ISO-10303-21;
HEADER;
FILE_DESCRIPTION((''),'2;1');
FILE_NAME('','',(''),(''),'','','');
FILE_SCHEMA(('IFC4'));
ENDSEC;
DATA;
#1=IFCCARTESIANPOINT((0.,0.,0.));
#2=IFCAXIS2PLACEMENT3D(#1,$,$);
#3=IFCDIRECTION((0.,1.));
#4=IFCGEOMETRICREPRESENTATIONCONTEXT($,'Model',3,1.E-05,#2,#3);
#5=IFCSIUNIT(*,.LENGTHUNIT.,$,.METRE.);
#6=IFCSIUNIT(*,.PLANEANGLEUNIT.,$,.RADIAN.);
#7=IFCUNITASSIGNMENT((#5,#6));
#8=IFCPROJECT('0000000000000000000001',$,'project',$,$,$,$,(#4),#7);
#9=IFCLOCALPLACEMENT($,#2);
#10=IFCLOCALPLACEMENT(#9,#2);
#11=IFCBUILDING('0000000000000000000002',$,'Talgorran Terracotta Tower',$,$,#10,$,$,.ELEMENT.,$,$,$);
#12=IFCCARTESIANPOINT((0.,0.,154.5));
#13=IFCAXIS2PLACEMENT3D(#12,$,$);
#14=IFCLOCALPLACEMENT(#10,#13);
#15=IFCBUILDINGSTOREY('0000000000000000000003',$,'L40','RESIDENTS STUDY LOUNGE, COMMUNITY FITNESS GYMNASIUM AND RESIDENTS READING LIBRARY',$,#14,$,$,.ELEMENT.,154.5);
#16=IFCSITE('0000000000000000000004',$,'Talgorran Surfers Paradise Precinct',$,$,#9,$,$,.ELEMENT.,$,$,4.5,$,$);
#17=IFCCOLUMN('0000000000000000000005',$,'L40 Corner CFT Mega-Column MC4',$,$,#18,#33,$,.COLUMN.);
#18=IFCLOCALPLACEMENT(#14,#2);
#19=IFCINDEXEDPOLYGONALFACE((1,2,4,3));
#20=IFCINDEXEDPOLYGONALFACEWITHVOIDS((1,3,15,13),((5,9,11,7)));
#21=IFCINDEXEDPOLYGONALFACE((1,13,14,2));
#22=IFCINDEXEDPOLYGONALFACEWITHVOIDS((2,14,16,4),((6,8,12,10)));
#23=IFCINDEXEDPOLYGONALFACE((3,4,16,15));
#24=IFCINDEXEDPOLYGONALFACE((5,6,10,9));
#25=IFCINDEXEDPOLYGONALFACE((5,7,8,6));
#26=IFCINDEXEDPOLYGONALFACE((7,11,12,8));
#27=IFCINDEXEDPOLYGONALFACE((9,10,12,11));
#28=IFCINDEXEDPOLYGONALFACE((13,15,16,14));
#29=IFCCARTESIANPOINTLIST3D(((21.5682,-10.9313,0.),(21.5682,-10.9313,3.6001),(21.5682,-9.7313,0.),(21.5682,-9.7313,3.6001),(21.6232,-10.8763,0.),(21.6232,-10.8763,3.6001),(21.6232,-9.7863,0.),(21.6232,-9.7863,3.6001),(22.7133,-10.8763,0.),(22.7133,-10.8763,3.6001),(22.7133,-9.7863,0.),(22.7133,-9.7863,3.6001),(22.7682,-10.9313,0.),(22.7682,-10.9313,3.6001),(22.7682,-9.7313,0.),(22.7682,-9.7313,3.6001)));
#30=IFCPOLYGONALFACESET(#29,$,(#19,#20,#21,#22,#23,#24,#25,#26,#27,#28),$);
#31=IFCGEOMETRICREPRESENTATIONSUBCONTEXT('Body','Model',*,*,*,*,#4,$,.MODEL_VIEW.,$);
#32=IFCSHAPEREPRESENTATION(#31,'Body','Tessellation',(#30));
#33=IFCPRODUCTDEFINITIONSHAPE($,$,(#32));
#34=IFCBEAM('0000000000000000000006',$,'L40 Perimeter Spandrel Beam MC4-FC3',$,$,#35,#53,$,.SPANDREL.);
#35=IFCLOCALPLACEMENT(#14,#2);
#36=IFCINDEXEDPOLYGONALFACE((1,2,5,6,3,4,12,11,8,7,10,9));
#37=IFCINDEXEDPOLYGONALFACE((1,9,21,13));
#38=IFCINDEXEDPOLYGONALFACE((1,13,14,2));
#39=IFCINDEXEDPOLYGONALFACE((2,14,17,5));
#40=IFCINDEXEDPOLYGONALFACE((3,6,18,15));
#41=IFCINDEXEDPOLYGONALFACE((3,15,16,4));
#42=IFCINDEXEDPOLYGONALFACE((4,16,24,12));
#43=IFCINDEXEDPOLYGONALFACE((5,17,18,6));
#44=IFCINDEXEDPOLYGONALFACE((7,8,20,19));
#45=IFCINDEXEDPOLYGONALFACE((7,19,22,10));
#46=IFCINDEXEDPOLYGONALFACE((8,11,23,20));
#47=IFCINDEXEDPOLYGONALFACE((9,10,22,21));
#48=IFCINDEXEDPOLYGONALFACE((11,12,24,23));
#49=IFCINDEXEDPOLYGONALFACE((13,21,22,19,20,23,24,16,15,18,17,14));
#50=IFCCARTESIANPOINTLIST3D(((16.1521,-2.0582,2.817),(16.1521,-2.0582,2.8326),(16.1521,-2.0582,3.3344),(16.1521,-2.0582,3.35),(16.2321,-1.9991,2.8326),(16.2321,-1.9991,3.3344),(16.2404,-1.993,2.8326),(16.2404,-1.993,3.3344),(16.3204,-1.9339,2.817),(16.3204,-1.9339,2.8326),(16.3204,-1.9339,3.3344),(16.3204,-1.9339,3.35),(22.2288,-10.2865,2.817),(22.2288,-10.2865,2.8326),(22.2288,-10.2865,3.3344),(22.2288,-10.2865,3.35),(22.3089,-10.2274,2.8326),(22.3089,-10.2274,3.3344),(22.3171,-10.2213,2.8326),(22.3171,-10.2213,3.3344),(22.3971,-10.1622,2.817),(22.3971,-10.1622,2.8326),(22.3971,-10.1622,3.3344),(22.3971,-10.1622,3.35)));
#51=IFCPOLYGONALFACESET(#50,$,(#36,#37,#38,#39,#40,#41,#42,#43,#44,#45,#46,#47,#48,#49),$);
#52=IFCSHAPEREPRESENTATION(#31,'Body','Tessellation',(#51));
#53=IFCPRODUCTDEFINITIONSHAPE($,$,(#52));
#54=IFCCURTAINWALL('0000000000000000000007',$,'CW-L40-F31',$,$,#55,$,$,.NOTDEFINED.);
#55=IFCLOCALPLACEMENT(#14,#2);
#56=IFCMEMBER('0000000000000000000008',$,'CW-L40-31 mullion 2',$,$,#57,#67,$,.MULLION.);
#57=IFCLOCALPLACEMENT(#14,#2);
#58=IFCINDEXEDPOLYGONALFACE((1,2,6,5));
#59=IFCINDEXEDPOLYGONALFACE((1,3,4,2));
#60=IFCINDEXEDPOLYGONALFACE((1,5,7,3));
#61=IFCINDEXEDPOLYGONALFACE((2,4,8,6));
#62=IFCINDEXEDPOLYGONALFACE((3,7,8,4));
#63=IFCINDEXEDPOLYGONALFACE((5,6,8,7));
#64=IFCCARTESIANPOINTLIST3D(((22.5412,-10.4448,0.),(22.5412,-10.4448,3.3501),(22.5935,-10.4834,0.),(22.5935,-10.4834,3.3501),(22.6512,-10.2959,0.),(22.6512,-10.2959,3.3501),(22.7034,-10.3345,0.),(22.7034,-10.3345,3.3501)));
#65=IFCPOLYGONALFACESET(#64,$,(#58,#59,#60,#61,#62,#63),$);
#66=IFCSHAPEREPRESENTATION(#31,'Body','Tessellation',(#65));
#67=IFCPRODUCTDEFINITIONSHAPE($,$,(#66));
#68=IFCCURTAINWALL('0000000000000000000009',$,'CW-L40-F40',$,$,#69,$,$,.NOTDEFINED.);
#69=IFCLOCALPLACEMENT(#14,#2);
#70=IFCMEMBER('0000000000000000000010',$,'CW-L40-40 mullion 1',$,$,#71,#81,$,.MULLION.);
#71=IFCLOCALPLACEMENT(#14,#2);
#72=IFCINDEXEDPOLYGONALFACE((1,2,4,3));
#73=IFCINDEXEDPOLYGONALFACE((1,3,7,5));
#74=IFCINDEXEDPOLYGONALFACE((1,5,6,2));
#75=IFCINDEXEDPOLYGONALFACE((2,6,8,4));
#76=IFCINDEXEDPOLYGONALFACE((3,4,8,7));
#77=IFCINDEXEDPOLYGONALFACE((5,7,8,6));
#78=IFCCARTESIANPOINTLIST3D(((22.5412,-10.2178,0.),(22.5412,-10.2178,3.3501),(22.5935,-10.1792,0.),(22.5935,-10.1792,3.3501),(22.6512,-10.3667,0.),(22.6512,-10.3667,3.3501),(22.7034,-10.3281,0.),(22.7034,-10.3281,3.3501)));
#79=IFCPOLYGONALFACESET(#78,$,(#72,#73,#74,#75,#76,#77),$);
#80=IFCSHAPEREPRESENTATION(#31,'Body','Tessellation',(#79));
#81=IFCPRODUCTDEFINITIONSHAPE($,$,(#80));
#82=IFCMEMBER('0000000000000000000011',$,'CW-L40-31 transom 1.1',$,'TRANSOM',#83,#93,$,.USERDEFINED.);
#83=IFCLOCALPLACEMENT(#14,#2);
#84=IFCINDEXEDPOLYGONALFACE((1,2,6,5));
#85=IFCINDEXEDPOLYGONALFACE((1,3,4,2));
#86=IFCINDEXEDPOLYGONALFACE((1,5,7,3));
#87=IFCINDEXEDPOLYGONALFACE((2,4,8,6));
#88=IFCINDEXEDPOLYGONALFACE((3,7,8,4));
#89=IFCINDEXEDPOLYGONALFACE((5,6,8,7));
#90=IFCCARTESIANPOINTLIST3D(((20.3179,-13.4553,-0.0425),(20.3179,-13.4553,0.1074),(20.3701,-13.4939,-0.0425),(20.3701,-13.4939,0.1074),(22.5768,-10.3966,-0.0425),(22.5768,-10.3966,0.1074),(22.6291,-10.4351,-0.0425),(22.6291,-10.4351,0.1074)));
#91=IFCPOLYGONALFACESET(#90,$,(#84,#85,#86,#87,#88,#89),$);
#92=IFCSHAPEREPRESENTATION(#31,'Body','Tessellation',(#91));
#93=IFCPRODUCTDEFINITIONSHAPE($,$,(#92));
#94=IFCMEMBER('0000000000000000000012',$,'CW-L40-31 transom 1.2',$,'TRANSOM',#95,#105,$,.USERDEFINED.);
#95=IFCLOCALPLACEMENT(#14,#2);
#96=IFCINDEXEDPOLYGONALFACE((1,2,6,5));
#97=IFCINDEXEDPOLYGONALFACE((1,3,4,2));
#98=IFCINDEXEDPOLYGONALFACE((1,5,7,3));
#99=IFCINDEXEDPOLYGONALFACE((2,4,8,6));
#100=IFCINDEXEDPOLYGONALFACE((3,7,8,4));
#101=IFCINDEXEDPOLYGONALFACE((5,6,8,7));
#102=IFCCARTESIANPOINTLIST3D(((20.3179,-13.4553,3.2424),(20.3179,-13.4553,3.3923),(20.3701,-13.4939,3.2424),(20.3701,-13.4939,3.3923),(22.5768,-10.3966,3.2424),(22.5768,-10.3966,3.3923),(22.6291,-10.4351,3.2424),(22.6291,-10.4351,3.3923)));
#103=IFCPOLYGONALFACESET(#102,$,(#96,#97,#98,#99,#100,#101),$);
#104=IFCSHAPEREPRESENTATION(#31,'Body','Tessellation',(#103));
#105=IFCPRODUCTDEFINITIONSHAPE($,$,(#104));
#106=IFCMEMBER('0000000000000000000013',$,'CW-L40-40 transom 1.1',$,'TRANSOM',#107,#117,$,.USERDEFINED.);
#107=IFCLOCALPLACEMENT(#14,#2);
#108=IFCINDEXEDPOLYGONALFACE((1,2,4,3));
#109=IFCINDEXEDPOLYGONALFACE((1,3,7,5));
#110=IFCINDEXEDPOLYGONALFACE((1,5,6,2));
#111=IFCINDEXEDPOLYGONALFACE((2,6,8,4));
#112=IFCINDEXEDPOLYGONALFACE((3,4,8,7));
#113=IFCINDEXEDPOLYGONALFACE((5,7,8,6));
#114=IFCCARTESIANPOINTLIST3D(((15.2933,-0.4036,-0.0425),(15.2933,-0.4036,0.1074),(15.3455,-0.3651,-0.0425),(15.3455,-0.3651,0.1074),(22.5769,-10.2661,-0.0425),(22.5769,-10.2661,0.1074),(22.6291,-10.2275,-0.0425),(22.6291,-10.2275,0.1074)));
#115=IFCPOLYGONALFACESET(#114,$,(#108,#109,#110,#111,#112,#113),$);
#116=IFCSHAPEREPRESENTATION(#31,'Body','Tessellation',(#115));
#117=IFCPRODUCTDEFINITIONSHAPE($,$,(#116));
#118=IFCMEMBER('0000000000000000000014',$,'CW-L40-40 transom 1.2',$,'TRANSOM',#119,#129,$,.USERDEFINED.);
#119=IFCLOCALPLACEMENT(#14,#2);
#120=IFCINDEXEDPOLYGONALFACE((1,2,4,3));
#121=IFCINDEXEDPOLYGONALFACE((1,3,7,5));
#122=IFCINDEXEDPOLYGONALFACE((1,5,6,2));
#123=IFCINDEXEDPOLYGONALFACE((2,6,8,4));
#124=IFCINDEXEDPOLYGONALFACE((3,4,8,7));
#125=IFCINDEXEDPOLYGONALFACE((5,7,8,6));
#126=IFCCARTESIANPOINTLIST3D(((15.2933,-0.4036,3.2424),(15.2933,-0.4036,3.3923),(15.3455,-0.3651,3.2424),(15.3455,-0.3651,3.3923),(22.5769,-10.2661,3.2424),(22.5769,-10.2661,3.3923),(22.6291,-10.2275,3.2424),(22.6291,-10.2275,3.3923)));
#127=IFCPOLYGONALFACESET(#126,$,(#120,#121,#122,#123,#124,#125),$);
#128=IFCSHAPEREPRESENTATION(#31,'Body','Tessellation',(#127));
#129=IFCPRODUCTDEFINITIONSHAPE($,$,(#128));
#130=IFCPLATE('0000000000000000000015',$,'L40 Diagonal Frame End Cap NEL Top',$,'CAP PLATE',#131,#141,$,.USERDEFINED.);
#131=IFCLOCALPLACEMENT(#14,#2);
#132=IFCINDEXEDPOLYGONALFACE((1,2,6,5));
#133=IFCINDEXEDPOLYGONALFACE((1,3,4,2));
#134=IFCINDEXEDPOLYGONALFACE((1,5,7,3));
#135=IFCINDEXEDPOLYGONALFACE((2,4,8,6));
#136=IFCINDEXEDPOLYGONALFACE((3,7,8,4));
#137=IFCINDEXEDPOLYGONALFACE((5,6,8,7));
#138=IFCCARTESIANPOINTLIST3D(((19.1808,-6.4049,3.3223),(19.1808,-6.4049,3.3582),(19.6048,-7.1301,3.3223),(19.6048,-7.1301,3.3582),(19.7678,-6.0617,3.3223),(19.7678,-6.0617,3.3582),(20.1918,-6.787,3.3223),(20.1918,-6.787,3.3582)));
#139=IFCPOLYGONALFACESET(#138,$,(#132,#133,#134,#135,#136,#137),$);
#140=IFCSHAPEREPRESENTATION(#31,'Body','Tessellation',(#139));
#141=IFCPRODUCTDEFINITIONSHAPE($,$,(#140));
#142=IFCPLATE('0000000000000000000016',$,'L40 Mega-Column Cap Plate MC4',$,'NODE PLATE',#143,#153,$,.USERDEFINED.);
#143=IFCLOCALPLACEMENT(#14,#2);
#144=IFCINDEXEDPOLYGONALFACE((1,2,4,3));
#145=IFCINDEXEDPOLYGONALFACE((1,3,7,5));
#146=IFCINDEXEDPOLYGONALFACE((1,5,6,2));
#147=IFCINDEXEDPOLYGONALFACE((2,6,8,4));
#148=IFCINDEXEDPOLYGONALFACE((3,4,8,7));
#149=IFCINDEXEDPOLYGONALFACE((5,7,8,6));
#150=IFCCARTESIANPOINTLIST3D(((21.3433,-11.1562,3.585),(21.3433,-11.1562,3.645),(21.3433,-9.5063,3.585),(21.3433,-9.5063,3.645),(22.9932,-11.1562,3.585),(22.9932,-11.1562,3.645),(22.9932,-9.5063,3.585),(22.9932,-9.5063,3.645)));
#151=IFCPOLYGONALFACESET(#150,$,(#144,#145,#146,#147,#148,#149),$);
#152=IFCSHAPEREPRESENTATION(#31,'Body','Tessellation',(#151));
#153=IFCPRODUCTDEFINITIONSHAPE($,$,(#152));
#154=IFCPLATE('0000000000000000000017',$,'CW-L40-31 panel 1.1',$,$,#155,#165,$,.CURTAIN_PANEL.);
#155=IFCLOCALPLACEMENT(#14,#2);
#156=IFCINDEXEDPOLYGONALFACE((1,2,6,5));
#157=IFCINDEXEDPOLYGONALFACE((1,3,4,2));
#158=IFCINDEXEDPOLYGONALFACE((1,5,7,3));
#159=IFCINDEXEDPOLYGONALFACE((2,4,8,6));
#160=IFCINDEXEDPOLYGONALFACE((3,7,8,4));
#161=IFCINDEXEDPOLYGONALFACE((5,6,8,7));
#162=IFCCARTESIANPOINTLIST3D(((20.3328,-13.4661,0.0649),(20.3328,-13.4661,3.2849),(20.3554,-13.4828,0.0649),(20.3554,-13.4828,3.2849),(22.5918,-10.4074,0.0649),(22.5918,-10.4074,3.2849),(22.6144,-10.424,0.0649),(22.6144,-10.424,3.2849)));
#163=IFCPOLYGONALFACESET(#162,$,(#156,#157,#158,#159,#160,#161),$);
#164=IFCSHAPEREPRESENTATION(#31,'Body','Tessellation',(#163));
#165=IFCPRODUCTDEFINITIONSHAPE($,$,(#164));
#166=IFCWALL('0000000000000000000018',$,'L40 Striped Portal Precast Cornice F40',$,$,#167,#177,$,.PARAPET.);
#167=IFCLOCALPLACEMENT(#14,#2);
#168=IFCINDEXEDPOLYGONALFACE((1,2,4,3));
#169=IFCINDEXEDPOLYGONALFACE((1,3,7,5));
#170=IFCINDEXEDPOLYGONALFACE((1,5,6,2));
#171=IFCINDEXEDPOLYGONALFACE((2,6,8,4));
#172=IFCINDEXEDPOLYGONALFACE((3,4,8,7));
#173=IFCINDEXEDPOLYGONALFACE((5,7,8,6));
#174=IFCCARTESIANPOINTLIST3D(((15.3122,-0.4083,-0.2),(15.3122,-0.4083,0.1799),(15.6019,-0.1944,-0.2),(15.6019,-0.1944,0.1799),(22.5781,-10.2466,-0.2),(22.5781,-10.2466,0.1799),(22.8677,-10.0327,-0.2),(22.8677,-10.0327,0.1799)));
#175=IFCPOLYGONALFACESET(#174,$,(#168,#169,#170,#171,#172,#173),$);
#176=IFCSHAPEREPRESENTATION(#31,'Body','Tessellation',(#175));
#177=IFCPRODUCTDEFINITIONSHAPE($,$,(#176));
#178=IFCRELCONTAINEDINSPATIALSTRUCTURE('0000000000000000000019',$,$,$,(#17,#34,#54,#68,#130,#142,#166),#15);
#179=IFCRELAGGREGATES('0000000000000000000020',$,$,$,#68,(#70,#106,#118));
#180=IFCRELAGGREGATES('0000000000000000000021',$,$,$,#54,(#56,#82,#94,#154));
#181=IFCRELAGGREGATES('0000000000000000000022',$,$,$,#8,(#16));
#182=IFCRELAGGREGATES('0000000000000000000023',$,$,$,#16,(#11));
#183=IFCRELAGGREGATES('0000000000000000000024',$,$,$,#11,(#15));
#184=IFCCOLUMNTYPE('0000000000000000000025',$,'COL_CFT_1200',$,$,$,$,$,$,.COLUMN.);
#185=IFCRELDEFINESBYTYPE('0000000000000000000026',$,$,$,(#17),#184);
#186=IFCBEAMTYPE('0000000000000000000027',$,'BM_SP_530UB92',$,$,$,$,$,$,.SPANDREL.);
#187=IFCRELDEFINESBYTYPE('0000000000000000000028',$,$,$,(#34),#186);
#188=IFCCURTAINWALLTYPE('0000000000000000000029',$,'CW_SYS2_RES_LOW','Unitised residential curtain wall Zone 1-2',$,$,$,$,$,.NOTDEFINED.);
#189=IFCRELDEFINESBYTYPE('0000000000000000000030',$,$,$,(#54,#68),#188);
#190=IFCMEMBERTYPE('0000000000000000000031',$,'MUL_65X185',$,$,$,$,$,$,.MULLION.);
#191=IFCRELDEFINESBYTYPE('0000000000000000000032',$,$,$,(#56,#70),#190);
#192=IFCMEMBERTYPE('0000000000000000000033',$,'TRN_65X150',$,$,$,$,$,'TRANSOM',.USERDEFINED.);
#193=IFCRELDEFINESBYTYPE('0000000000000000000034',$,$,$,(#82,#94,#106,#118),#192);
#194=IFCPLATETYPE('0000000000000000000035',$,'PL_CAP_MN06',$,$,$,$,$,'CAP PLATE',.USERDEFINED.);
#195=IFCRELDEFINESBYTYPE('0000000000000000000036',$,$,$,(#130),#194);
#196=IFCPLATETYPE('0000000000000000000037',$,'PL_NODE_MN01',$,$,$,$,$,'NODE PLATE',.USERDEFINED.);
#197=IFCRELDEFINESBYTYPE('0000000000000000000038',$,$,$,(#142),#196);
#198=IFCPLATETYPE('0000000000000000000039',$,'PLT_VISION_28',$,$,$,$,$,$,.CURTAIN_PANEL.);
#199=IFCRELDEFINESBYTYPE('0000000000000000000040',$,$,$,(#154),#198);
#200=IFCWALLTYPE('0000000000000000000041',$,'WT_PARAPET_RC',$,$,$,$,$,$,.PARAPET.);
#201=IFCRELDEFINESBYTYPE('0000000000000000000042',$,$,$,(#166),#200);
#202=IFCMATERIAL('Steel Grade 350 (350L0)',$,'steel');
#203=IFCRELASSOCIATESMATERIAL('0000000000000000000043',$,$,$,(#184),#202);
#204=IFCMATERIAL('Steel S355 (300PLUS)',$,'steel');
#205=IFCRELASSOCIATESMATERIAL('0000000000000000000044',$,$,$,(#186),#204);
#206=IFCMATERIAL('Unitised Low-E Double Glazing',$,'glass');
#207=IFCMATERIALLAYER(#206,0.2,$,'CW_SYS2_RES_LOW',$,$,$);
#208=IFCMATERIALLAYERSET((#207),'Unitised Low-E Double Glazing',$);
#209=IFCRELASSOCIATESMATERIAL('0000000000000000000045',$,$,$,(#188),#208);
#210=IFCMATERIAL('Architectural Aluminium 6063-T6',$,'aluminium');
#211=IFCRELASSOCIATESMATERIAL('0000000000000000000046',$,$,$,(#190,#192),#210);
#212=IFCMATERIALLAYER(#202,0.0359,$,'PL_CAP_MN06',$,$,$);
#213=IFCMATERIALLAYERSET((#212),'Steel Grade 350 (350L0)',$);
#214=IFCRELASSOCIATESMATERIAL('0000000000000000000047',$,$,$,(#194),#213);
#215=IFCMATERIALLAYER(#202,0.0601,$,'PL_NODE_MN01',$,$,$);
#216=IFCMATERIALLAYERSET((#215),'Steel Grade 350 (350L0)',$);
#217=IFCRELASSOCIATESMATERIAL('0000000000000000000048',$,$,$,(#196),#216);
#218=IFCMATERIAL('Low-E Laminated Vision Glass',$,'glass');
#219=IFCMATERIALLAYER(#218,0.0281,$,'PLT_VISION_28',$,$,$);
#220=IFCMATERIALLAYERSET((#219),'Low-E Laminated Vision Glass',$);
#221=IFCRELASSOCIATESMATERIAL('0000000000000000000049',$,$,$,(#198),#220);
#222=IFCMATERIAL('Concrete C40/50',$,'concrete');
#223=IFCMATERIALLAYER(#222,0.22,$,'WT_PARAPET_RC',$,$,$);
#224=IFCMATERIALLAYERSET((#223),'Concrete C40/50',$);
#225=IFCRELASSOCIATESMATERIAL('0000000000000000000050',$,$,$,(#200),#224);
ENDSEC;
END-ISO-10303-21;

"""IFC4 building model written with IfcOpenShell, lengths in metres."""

from ifc_helpers import new_model, si_unit, direction, frame, frame_2d, origin, origin_2d, place, context, subcontext, project, spatial, rectangle, hollow_rectangle, i_section, extrude, source, transform, mapped, material, layer, layer_set, material_profile, profile_set, type_object, type_shapes, element, aggregate, save


model = new_model("IFC4")

# Units and contexts
model_context = context("Model", 3, precision=1e-05, world=origin(), true_north=direction((0.0, 1.0)))
body_context = subcontext(model_context, "Body", "Model", "MODEL_VIEW")
ifc_project = project(units=[si_unit("LENGTHUNIT", "METRE"), si_unit("PLANEANGLEUNIT", "RADIAN")], contexts=[model_context])

# Site, building, storey
site_placement = place(None, origin())
site = spatial("IfcSite", under=ifc_project, at=site_placement, Name="Talgorran Surfers Paradise Precinct", CompositionType="ELEMENT", RefElevation=4.5)
building_placement = place(site_placement, origin())
building = spatial("IfcBuilding", under=site, at=building_placement, Name="Talgorran Terracotta Tower", CompositionType="ELEMENT")
storey_placement = place(building_placement, frame((0.0, 0.0, 154.5)))
storey = spatial("IfcBuildingStorey", under=building, at=storey_placement, Name="L40", Description="RESIDENTS STUDY LOUNGE, COMMUNITY FITNESS GYMNASIUM AND RESIDENTS READING LIBRARY", CompositionType="ELEMENT", Elevation=154.5)

# Column
ifc_material_1 = material(Name="Steel Grade 350 (350L0)", Category="steel")
ifc_material_profile_1 = material_profile(ifc_material_1, hollow_rectangle(XDim=1.2, YDim=1.2, WallThickness=0.0549, at=origin_2d()), Name="CFT1200X1200X55")
ifc_profile_set_1 = profile_set([ifc_material_profile_1], Name="Steel Grade 350 (350L0)")
column_type = type_object("IfcColumnType", Name="COL_CFT_1200", PredefinedType="COLUMN", material=ifc_profile_set_1)
column_placement = place(storey_placement, frame((22.1682, -10.3313, 0.0), z_axis=(0.0, 0.0, 1.0), x_axis=(1.0, 0.0, 0.0)))
element("IfcColumn", 1, at=column_placement, inside=storey, type_object=column_type, Name="L40 Corner CFT Mega-Column MC4", PredefinedType="COLUMN", context=body_context, shape_type="SweptSolid", body=[
    extrude(hollow_rectangle(XDim=1.2, YDim=1.2, WallThickness=0.0549, at=origin_2d()), origin(), (0.0, 0.0, 1.0), 3.6001),
])

# Beam
ifc_material_2 = material(Name="Steel S355 (300PLUS)", Category="steel")
ifc_material_profile_2 = material_profile(ifc_material_2, i_section(OverallWidth=0.2092, OverallDepth=0.533, WebThickness=0.0103, FlangeThickness=0.0156, at=origin_2d()), Name="530UB92.4")
ifc_profile_set_2 = profile_set([ifc_material_profile_2], Name="Steel S355 (300PLUS)")
beam_type = type_object("IfcBeamType", Name="BM_SP_530UB92", PredefinedType="SPANDREL", material=ifc_profile_set_2)
beam_placement = place(storey_placement, frame((22.313, -10.2244, 3.0835), z_axis=(-0.594068, 0.804415, 0.0), x_axis=(-0.804415, -0.594068, 0.0)))
element("IfcBeam", 2, at=beam_placement, inside=storey, type_object=beam_type, Name="L40 Perimeter Spandrel Beam MC4-FC3", PredefinedType="SPANDREL", context=body_context, shape_type="SweptSolid", body=[
    extrude(i_section(OverallWidth=0.2092, OverallDepth=0.533, WebThickness=0.0103, FlangeThickness=0.0156, at=origin_2d()), origin(), (0.0, 0.0, 1.0), 10.229),
])

# Curtain walls, members
ifc_material_3 = material(Name="Unitised Low-E Double Glazing", Category="glass")
ifc_layer_1 = layer(ifc_material_3, 0.2, Name="CW_SYS2_RES_LOW")
ifc_layer_set_1 = layer_set([ifc_layer_1], Name="Unitised Low-E Double Glazing")
curtain_wall_type = type_object("IfcCurtainWallType", Name="CW_SYS2_RES_LOW", Description="Unitised residential curtain wall Zone 1-2", PredefinedType="NOTDEFINED", material=ifc_layer_set_1)
curtain_wall_1_placement = place(storey_placement, origin())
curtain_wall_1 = element("IfcCurtainWall", 3, at=curtain_wall_1_placement, inside=storey, type_object=curtain_wall_type, Name="CW-L40-F31", PredefinedType="NOTDEFINED")
ifc_material_4 = material(Name="Architectural Aluminium 6063-T6", Category="aluminium")
ifc_material_profile_3 = material_profile(ifc_material_4, rectangle(XDim=0.0649, YDim=0.1851, at=origin_2d()), Name="CWM65X185")
ifc_profile_set_3 = profile_set([ifc_material_profile_3], Name="Architectural Aluminium 6063-T6")
member_type_1 = type_object("IfcMemberType", Name="MUL_65X185", PredefinedType="MULLION", material=ifc_profile_set_3)
member_1_placement = place(storey_placement, frame((22.6223, -10.3896, 0.0), z_axis=(0.0, 0.0, 1.0), x_axis=(-0.804403, 0.594084, 0.0)))
member_1 = element("IfcMember", 4, at=member_1_placement, type_object=member_type_1, Name="CW-L40-31 mullion 2", PredefinedType="MULLION", context=body_context, shape_type="SweptSolid", body=[
    extrude(rectangle(XDim=0.0649, YDim=0.1851, at=origin_2d()), origin(), (0.0, 0.0, 1.0), 3.3501),
])
curtain_wall_2_placement = place(storey_placement, origin())
curtain_wall_2 = element("IfcCurtainWall", 5, at=curtain_wall_2_placement, inside=storey, type_object=curtain_wall_type, Name="CW-L40-F40", PredefinedType="NOTDEFINED")
member_2_placement = place(storey_placement, frame((22.6223, -10.2729, 0.0), z_axis=(0.0, 0.0, 1.0), x_axis=(-0.804408, -0.594077, 0.0)))
member_2 = element("IfcMember", 6, at=member_2_placement, type_object=member_type_1, Name="CW-L40-40 mullion 1", PredefinedType="MULLION", context=body_context, shape_type="SweptSolid", body=[
    extrude(rectangle(XDim=0.0649, YDim=0.1851, at=origin_2d()), origin(), (0.0, 0.0, 1.0), 3.3501),
])

# Members
ifc_material_profile_4 = material_profile(ifc_material_4, rectangle(XDim=0.0649, YDim=0.1499, at=origin_2d()), Name="CWT65X150")
ifc_profile_set_4 = profile_set([ifc_material_profile_4], Name="Architectural Aluminium 6063-T6")
member_type_2 = type_object("IfcMemberType", Name="TRN_65X150", ElementType="TRANSOM", PredefinedType="USERDEFINED", material=ifc_profile_set_4)
member_3_placement = place(storey_placement, frame((20.344, -13.4746, 0.0325), z_axis=(0.594077, 0.804408, 0.0), x_axis=(-0.804408, 0.594077, 0.0)))
member_3 = element("IfcMember", 7, at=member_3_placement, type_object=member_type_2, Name="CW-L40-31 transom 1.1", ObjectType="TRANSOM", PredefinedType="USERDEFINED", context=body_context, shape_type="SweptSolid", body=[
    extrude(rectangle(XDim=0.0649, YDim=0.1499, at=origin_2d()), origin(), (0.0, 0.0, 1.0), 3.8025),
])
member_4_placement = place(storey_placement, frame((20.344, -13.4746, 3.3174), z_axis=(0.594077, 0.804408, 0.0), x_axis=(-0.804408, 0.594077, 0.0)))
member_4 = element("IfcMember", 8, at=member_4_placement, type_object=member_type_2, Name="CW-L40-31 transom 1.2", ObjectType="TRANSOM", PredefinedType="USERDEFINED", context=body_context, shape_type="SweptSolid", body=[
    extrude(rectangle(XDim=0.0649, YDim=0.1499, at=origin_2d()), origin(), (0.0, 0.0, 1.0), 3.8025),
])
member_5_placement = place(storey_placement, frame((22.603, -10.2468, 0.0325), z_axis=(-0.594074, 0.804411, 0.0), x_axis=(-0.804411, -0.594074, 0.0)))
member_5 = element("IfcMember", 9, at=member_5_placement, type_object=member_type_2, Name="CW-L40-40 transom 1.1", ObjectType="TRANSOM", PredefinedType="USERDEFINED", context=body_context, shape_type="SweptSolid", body=[
    extrude(rectangle(XDim=0.0649, YDim=0.1499, at=origin_2d()), origin(), (0.0, 0.0, 1.0), 12.2605),
])
member_6_placement = place(storey_placement, frame((22.603, -10.2468, 3.3174), z_axis=(-0.594074, 0.804411, 0.0), x_axis=(-0.804411, -0.594074, 0.0)))
member_6 = element("IfcMember", 10, at=member_6_placement, type_object=member_type_2, Name="CW-L40-40 transom 1.2", ObjectType="TRANSOM", PredefinedType="USERDEFINED", context=body_context, shape_type="SweptSolid", body=[
    extrude(rectangle(XDim=0.0649, YDim=0.1499, at=origin_2d()), origin(), (0.0, 0.0, 1.0), 12.2605),
])
aggregate(curtain_wall_2, [member_2, member_5, member_6])

# Plates
ifc_layer_2 = layer(ifc_material_1, 0.0359, Name="PL_CAP_MN06")
ifc_layer_set_2 = layer_set([ifc_layer_2], Name="Steel Grade 350 (350L0)")
plate_type_1 = type_object("IfcPlateType", Name="PL_CAP_MN06", ElementType="CAP PLATE", PredefinedType="USERDEFINED", material=ifc_layer_set_2)
plate_1_placement = place(storey_placement, frame((19.6863, -6.5959, 3.3223), z_axis=(0.0, 0.0, 1.0), x_axis=(0.504678, -0.863307, 0.0)))
element("IfcPlate", 11, at=plate_1_placement, inside=storey, type_object=plate_type_1, Name="L40 Diagonal Frame End Cap NEL Top", ObjectType="CAP PLATE", PredefinedType="USERDEFINED", context=body_context, shape_type="SweptSolid", body=[
    extrude(rectangle(XDim=0.8401, YDim=0.6799, at=origin_2d()), origin(), (0.0, 0.0, 1.0), 0.0359),
])
ifc_layer_3 = layer(ifc_material_1, 0.0601, Name="PL_NODE_MN01")
ifc_layer_set_3 = layer_set([ifc_layer_3], Name="Steel Grade 350 (350L0)")
plate_type_2 = type_object("IfcPlateType", Name="PL_NODE_MN01", ElementType="NODE PLATE", PredefinedType="USERDEFINED", material=ifc_layer_set_3)
plate_2_placement = place(storey_placement, frame((22.1682, -10.3313, 3.585), z_axis=(0.0, 0.0, 1.0), x_axis=(1.0, 0.0, 0.0)))
element("IfcPlate", 12, at=plate_2_placement, inside=storey, type_object=plate_type_2, Name="L40 Mega-Column Cap Plate MC4", ObjectType="NODE PLATE", PredefinedType="USERDEFINED", context=body_context, shape_type="SweptSolid", body=[
    extrude(rectangle(XDim=1.6499, YDim=1.6499, at=origin_2d()), origin(), (0.0, 0.0, 1.0), 0.0601),
])

# Plate
ifc_material_5 = material(Name="Low-E Laminated Vision Glass", Category="glass")
ifc_layer_4 = layer(ifc_material_5, 0.0281, Name="PLT_VISION_28")
ifc_layer_set_4 = layer_set([ifc_layer_4], Name="Low-E Laminated Vision Glass")
plate_type_3 = type_object("IfcPlateType", Name="PLT_VISION_28", PredefinedType="CURTAIN_PANEL", material=ifc_layer_set_4)
shared_shape = source(origin(), body_context, "Body", "SweptSolid", [
    extrude(rectangle(XDim=3.8025, YDim=0.0281, at=origin_2d()), origin(), (0.0, 0.0, 1.0), 3.22),
])
type_shapes(plate_type_3, [shared_shape])
plate_3_placement = place(storey_placement, frame((21.4736, -11.9451, 0.0649), z_axis=(0.0, 0.0, 1.0), x_axis=(0.594084, 0.804403, 0.0)))
plate_3 = element("IfcPlate", 13, at=plate_3_placement, type_object=plate_type_3, Name="CW-L40-31 panel 1.1", PredefinedType="CURTAIN_PANEL", context=body_context, shape_type="MappedRepresentation", body=[
    mapped(shared_shape, transform((0.0, 0.0, 0.0), scale=1.0)),
])
aggregate(curtain_wall_1, [member_1, member_3, member_4, plate_3])

# Wall
ifc_material_6 = material(Name="Concrete C40/50", Category="concrete")
ifc_layer_5 = layer(ifc_material_6, 0.22, Name="WT_PARAPET_RC")
ifc_layer_set_5 = layer_set([ifc_layer_5], Name="Concrete C40/50")
wall_type_1 = type_object("IfcWallType", Name="WT_PARAPET_RC", PredefinedType="PARAPET", material=ifc_layer_set_5)
wall_1_placement = place(storey_placement, frame((22.7229, -10.1396, -0.2), z_axis=(0.0, 0.0, 1.0), x_axis=(-0.594075, 0.80441, 0.0)))
element("IfcWall", 14, at=wall_1_placement, inside=storey, type_object=wall_type_1, Name="L40 Striped Portal Precast Cornice F40", PredefinedType="PARAPET", context=body_context, shape_type="SweptSolid", body=[
    extrude(rectangle(XDim=12.2305, YDim=0.3601, at=frame_2d((6.1152, 0.0))), origin(), (0.0, 0.0, 1.0), 0.3799),
])

save(model, "model.ifc")
